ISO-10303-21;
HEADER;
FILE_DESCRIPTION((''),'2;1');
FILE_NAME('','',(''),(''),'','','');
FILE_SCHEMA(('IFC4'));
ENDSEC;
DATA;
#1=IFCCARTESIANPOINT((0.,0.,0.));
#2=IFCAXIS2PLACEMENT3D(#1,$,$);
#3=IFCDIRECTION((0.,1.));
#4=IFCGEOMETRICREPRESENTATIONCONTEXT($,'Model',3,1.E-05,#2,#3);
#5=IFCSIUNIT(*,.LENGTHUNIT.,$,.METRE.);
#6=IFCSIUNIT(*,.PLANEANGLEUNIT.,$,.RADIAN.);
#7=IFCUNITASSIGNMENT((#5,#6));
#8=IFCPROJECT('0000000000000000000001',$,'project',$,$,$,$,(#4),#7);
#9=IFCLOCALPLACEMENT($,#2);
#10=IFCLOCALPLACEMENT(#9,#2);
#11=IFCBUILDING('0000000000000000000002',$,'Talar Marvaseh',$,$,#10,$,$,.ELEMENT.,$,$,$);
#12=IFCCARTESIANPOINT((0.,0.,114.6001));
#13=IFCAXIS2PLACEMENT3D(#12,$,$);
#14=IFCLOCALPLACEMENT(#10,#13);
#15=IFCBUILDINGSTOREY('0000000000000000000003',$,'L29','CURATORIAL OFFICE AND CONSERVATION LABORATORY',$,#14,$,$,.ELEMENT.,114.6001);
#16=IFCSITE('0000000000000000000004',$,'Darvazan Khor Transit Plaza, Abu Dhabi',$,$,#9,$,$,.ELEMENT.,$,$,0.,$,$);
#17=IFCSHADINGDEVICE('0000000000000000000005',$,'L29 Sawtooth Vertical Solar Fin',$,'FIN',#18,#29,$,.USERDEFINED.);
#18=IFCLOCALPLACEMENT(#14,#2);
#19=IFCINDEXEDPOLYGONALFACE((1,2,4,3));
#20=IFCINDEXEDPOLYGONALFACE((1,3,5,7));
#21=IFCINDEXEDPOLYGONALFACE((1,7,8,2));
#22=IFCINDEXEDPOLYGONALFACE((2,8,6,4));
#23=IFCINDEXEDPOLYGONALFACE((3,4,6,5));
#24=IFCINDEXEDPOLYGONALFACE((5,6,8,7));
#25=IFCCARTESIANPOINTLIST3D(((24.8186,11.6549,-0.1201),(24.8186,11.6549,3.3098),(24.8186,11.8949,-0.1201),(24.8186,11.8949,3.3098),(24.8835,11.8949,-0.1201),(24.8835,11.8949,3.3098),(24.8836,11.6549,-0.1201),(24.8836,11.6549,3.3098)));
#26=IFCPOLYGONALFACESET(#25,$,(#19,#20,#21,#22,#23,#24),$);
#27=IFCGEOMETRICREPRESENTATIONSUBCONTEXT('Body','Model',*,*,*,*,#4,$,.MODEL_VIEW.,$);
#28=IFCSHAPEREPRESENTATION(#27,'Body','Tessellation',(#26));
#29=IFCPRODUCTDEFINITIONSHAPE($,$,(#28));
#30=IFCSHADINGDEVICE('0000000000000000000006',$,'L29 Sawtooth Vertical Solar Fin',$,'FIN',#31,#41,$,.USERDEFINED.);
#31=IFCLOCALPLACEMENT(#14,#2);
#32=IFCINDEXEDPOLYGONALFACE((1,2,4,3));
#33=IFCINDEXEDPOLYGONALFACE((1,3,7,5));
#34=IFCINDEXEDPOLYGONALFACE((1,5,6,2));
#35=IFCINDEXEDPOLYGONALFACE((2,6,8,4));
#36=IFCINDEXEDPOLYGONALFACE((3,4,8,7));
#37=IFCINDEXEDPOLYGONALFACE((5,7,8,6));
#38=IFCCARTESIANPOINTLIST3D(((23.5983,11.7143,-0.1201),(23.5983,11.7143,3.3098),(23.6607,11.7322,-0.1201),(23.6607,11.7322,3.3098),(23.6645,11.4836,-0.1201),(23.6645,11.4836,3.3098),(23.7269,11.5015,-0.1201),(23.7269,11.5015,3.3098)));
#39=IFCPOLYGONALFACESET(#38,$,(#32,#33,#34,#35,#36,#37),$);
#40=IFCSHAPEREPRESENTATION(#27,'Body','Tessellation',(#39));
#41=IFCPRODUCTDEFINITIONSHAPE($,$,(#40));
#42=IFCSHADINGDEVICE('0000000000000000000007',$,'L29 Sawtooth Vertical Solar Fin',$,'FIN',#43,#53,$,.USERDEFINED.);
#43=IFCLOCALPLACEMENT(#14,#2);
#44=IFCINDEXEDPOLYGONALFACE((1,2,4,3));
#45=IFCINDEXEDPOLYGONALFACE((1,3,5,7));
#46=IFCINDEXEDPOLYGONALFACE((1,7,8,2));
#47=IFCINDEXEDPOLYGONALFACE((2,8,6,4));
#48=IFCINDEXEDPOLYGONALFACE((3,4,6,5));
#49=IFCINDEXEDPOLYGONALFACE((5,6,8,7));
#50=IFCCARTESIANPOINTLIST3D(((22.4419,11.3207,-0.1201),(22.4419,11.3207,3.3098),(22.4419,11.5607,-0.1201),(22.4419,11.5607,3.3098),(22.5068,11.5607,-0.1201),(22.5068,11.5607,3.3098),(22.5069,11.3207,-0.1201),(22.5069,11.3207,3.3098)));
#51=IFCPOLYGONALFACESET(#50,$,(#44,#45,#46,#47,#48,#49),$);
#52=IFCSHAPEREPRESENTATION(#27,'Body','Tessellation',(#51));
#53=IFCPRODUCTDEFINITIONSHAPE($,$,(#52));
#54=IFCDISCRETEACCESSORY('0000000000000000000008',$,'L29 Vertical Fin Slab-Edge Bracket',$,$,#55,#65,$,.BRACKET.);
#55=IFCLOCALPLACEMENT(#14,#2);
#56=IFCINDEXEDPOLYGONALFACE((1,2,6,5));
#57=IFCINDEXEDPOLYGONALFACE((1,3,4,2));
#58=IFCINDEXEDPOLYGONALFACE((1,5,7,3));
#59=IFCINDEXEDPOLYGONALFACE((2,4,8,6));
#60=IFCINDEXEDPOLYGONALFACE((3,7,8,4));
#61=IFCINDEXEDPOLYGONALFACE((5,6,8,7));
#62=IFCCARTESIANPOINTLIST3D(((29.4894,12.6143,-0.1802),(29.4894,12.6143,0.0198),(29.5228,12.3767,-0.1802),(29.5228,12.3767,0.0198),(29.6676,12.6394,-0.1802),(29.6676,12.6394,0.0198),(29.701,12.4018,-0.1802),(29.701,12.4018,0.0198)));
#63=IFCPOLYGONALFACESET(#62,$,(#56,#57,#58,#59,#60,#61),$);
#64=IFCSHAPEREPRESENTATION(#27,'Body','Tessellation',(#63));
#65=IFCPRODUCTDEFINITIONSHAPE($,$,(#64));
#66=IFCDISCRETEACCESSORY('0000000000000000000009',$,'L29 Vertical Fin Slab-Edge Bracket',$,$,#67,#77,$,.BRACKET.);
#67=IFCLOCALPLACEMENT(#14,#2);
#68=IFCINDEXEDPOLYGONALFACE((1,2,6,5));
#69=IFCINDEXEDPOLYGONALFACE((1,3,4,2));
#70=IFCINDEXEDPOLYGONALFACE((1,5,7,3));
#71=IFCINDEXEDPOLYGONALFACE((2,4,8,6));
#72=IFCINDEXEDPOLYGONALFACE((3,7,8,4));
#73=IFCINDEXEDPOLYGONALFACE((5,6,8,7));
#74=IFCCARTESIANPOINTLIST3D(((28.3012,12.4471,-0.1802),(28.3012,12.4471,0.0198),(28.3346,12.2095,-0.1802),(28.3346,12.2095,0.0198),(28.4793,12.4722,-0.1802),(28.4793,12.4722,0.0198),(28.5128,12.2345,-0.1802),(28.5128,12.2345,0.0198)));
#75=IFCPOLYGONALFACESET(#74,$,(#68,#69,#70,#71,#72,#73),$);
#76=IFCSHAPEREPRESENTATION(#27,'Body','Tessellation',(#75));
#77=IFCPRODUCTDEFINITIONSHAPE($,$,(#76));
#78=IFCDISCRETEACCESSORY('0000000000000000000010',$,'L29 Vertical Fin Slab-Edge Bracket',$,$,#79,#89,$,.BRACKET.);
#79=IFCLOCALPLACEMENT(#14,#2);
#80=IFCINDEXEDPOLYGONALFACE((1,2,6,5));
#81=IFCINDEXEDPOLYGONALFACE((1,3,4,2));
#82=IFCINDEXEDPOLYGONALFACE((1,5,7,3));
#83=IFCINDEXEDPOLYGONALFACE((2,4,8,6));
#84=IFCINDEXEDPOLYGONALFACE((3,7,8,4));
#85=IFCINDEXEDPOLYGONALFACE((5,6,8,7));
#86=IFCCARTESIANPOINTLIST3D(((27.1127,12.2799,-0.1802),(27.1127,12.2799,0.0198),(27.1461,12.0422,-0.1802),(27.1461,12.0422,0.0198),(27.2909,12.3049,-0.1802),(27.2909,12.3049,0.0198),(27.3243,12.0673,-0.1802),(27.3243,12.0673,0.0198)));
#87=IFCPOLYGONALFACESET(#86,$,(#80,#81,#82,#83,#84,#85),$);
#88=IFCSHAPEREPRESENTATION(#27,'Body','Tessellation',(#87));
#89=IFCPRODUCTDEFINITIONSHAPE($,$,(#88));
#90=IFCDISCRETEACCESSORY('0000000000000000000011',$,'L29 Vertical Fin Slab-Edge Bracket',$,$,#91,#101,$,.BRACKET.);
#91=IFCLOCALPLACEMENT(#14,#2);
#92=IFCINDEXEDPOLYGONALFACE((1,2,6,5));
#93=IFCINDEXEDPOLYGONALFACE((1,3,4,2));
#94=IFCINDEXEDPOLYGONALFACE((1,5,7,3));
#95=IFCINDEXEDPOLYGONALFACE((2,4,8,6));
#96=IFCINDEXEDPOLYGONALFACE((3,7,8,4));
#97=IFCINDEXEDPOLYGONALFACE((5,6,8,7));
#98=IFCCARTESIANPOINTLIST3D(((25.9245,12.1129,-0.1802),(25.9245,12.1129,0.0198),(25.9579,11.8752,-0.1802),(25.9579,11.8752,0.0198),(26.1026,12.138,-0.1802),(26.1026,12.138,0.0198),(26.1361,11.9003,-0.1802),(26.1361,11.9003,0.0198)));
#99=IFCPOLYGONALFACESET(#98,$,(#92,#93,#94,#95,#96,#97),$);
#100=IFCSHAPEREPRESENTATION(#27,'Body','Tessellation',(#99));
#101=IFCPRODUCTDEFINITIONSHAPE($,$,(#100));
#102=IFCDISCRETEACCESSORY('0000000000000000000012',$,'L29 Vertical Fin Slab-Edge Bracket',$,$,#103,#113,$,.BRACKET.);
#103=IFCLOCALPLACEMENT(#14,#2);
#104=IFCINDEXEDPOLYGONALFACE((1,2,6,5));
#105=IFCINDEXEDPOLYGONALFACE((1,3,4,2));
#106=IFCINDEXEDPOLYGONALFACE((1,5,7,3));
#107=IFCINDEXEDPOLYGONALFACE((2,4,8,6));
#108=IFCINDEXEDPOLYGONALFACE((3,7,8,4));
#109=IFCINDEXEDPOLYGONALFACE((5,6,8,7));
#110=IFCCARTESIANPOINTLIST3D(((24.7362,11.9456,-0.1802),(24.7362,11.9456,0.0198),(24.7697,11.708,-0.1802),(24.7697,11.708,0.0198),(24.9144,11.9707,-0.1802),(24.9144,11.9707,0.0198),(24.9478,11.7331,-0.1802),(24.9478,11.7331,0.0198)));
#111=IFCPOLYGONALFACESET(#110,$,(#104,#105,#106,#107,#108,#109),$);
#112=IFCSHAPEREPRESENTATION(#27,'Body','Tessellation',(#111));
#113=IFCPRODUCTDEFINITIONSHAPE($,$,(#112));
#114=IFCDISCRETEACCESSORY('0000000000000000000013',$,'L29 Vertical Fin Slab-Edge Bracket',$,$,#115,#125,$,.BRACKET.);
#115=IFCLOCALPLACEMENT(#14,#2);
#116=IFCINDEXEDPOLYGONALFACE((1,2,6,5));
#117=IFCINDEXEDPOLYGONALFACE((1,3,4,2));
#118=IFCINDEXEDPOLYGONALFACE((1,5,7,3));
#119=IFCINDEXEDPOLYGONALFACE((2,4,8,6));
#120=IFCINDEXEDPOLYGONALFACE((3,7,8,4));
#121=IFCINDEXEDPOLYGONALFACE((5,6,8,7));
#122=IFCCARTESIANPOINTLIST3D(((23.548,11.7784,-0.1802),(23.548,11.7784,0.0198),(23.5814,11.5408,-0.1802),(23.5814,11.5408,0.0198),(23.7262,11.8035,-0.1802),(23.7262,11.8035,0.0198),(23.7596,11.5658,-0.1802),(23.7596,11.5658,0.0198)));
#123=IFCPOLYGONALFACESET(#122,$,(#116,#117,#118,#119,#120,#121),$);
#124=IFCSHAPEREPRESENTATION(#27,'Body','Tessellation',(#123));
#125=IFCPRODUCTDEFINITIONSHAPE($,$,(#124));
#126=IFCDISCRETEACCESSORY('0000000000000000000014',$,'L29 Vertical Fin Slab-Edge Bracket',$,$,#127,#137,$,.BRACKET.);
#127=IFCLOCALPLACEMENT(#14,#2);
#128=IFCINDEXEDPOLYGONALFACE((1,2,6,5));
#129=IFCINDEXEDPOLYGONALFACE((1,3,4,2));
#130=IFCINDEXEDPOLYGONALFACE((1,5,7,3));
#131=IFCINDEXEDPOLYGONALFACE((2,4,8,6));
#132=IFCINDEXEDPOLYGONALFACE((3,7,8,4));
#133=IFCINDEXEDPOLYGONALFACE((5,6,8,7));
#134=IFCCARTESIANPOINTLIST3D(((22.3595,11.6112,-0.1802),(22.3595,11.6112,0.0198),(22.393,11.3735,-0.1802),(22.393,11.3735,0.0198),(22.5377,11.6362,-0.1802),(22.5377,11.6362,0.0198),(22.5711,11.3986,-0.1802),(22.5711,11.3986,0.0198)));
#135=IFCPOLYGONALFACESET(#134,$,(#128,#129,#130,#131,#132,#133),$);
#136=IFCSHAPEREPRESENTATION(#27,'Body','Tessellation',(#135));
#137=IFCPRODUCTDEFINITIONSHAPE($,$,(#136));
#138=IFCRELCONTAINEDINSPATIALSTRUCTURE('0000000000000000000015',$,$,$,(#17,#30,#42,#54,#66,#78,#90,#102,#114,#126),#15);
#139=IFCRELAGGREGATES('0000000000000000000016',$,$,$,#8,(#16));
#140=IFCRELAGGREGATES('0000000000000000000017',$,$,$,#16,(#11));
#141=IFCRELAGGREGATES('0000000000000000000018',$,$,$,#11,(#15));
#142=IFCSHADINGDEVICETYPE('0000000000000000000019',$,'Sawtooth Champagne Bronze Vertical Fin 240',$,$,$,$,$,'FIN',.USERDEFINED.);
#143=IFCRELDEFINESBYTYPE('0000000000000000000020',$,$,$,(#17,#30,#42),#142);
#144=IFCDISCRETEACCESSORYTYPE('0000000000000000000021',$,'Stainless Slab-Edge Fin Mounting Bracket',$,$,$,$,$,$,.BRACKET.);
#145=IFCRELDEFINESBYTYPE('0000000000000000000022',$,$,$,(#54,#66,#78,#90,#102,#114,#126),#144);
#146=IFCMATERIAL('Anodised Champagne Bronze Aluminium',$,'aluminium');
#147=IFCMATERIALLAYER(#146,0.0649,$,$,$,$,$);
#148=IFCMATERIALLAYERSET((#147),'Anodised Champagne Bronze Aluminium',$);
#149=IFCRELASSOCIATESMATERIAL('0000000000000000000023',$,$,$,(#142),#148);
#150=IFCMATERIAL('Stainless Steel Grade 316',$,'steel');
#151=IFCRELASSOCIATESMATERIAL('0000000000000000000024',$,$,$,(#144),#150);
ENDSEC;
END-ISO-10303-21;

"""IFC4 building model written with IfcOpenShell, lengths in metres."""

from ifc_helpers import new_model, si_unit, direction, frame, origin, origin_2d, place, context, subcontext, project, spatial, rectangle, extrude, source, transform, mapped, material, layer, layer_set, type_object, type_shapes, element, save


model = new_model("IFC4")

# Units and contexts
model_context = context("Model", 3, precision=1e-05, world=origin(), true_north=direction((0.0, 1.0)))
body_context = subcontext(model_context, "Body", "Model", "MODEL_VIEW")
ifc_project = project(units=[si_unit("LENGTHUNIT", "METRE"), si_unit("PLANEANGLEUNIT", "RADIAN")], contexts=[model_context])

# Site, building, storey
site_placement = place(None, origin())
site = spatial("IfcSite", under=ifc_project, at=site_placement, Name="Darvazan Khor Transit Plaza, Abu Dhabi", CompositionType="ELEMENT", RefElevation=0.0)
building_placement = place(site_placement, origin())
building = spatial("IfcBuilding", under=site, at=building_placement, Name="Talar Marvaseh", CompositionType="ELEMENT")
storey_placement = place(building_placement, frame((0.0, 0.0, 114.6001)))
storey = spatial("IfcBuildingStorey", under=building, at=storey_placement, Name="L29", Description="CURATORIAL OFFICE AND CONSERVATION LABORATORY", CompositionType="ELEMENT", Elevation=114.6001)

# Shading devices
ifc_material_1 = material(Name="Anodised Champagne Bronze Aluminium", Category="aluminium")
ifc_layer_1 = layer(ifc_material_1, 0.0649)
ifc_layer_set_1 = layer_set([ifc_layer_1], Name="Anodised Champagne Bronze Aluminium")
shading_device_type = type_object("IfcShadingDeviceType", Name="Sawtooth Champagne Bronze Vertical Fin 240", ElementType="FIN", PredefinedType="USERDEFINED", material=ifc_layer_set_1)
shared_shape_1 = source(origin(), body_context, "Body", "SweptSolid", [
    extrude(rectangle(XDim=0.24, YDim=0.0649, at=origin_2d()), origin(), (0.0, 0.0, 1.0), 3.4299),
])
type_shapes(shading_device_type, [shared_shape_1])
for number, where, z_axis, x_axis, name in (
    (1, (24.8511, 11.7749, -0.1201), (0.0, 0.0, 1.0), (0.000175, -1.0, 0.0), "L29 Sawtooth Vertical Solar Fin"),
    (2, (23.6626, 11.6079, -0.1201), (0.0, 0.0, 1.0), (0.275805, -0.961214, 0.0), "L29 Sawtooth Vertical Solar Fin"),
    (3, (22.4744, 11.4407, -0.1201), (0.0, 0.0, 1.0), (0.000175, -1.0, 0.0), "L29 Sawtooth Vertical Solar Fin"),
):
    element("IfcShadingDevice", number, at=place(storey_placement, frame(where, z_axis=z_axis, x_axis=x_axis)), inside=storey, type_object=shading_device_type, Name=name, ObjectType="FIN", PredefinedType="USERDEFINED", context=body_context, shape_type="MappedRepresentation", body=[
        mapped(shared_shape_1, transform((0.0, 0.0, 0.0), x_axis=(1.0, 0.0, 0.0), y_axis=(0.0, 1.0, 0.0), z_axis=(0.0, 0.0, 1.0), scale=1.0)),
    ])

# Discrete accessories
ifc_material_2 = material(Name="Stainless Steel Grade 316", Category="steel")
discrete_accessory_type = type_object("IfcDiscreteAccessoryType", Name="Stainless Slab-Edge Fin Mounting Bracket", PredefinedType="BRACKET", material=ifc_material_2)
shared_shape_2 = source(origin(), body_context, "Body", "SweptSolid", [
    extrude(rectangle(XDim=0.24, YDim=0.1799, at=origin_2d()), origin(), (0.0, 0.0, 1.0), 0.2),
])
type_shapes(discrete_accessory_type, [shared_shape_2])
for number, where, z_axis, x_axis, name in (
    (4, (29.5952, 12.5081, -0.1802), (0.0, 0.0, 1.0), (0.139346, -0.990244, 0.0), "L29 Vertical Fin Slab-Edge Bracket"),
    (5, (28.407, 12.3408, -0.1802), (0.0, 0.0, 1.0), (0.139346, -0.990244, 0.0), "L29 Vertical Fin Slab-Edge Bracket"),
    (6, (27.2185, 12.1736, -0.1802), (0.0, 0.0, 1.0), (0.139346, -0.990244, 0.0), "L29 Vertical Fin Slab-Edge Bracket"),
    (7, (26.0303, 12.0066, -0.1802), (0.0, 0.0, 1.0), (0.139346, -0.990244, 0.0), "L29 Vertical Fin Slab-Edge Bracket"),
    (8, (24.842, 11.8394, -0.1802), (0.0, 0.0, 1.0), (0.139346, -0.990244, 0.0), "L29 Vertical Fin Slab-Edge Bracket"),
    (9, (23.6538, 11.6721, -0.1802), (0.0, 0.0, 1.0), (0.139346, -0.990244, 0.0), "L29 Vertical Fin Slab-Edge Bracket"),
    (10, (22.4653, 11.5049, -0.1802), (0.0, 0.0, 1.0), (0.139346, -0.990244, 0.0), "L29 Vertical Fin Slab-Edge Bracket"),
):
    element("IfcDiscreteAccessory", number, at=place(storey_placement, frame(where, z_axis=z_axis, x_axis=x_axis)), inside=storey, type_object=discrete_accessory_type, Name=name, PredefinedType="BRACKET", context=body_context, shape_type="MappedRepresentation", body=[
        mapped(shared_shape_2, transform((0.0, 0.0, 0.0), x_axis=(1.0, 0.0, 0.0), y_axis=(0.0, 1.0, 0.0), z_axis=(0.0, 0.0, 1.0), scale=1.0)),
    ])

save(model, "model.ifc")
